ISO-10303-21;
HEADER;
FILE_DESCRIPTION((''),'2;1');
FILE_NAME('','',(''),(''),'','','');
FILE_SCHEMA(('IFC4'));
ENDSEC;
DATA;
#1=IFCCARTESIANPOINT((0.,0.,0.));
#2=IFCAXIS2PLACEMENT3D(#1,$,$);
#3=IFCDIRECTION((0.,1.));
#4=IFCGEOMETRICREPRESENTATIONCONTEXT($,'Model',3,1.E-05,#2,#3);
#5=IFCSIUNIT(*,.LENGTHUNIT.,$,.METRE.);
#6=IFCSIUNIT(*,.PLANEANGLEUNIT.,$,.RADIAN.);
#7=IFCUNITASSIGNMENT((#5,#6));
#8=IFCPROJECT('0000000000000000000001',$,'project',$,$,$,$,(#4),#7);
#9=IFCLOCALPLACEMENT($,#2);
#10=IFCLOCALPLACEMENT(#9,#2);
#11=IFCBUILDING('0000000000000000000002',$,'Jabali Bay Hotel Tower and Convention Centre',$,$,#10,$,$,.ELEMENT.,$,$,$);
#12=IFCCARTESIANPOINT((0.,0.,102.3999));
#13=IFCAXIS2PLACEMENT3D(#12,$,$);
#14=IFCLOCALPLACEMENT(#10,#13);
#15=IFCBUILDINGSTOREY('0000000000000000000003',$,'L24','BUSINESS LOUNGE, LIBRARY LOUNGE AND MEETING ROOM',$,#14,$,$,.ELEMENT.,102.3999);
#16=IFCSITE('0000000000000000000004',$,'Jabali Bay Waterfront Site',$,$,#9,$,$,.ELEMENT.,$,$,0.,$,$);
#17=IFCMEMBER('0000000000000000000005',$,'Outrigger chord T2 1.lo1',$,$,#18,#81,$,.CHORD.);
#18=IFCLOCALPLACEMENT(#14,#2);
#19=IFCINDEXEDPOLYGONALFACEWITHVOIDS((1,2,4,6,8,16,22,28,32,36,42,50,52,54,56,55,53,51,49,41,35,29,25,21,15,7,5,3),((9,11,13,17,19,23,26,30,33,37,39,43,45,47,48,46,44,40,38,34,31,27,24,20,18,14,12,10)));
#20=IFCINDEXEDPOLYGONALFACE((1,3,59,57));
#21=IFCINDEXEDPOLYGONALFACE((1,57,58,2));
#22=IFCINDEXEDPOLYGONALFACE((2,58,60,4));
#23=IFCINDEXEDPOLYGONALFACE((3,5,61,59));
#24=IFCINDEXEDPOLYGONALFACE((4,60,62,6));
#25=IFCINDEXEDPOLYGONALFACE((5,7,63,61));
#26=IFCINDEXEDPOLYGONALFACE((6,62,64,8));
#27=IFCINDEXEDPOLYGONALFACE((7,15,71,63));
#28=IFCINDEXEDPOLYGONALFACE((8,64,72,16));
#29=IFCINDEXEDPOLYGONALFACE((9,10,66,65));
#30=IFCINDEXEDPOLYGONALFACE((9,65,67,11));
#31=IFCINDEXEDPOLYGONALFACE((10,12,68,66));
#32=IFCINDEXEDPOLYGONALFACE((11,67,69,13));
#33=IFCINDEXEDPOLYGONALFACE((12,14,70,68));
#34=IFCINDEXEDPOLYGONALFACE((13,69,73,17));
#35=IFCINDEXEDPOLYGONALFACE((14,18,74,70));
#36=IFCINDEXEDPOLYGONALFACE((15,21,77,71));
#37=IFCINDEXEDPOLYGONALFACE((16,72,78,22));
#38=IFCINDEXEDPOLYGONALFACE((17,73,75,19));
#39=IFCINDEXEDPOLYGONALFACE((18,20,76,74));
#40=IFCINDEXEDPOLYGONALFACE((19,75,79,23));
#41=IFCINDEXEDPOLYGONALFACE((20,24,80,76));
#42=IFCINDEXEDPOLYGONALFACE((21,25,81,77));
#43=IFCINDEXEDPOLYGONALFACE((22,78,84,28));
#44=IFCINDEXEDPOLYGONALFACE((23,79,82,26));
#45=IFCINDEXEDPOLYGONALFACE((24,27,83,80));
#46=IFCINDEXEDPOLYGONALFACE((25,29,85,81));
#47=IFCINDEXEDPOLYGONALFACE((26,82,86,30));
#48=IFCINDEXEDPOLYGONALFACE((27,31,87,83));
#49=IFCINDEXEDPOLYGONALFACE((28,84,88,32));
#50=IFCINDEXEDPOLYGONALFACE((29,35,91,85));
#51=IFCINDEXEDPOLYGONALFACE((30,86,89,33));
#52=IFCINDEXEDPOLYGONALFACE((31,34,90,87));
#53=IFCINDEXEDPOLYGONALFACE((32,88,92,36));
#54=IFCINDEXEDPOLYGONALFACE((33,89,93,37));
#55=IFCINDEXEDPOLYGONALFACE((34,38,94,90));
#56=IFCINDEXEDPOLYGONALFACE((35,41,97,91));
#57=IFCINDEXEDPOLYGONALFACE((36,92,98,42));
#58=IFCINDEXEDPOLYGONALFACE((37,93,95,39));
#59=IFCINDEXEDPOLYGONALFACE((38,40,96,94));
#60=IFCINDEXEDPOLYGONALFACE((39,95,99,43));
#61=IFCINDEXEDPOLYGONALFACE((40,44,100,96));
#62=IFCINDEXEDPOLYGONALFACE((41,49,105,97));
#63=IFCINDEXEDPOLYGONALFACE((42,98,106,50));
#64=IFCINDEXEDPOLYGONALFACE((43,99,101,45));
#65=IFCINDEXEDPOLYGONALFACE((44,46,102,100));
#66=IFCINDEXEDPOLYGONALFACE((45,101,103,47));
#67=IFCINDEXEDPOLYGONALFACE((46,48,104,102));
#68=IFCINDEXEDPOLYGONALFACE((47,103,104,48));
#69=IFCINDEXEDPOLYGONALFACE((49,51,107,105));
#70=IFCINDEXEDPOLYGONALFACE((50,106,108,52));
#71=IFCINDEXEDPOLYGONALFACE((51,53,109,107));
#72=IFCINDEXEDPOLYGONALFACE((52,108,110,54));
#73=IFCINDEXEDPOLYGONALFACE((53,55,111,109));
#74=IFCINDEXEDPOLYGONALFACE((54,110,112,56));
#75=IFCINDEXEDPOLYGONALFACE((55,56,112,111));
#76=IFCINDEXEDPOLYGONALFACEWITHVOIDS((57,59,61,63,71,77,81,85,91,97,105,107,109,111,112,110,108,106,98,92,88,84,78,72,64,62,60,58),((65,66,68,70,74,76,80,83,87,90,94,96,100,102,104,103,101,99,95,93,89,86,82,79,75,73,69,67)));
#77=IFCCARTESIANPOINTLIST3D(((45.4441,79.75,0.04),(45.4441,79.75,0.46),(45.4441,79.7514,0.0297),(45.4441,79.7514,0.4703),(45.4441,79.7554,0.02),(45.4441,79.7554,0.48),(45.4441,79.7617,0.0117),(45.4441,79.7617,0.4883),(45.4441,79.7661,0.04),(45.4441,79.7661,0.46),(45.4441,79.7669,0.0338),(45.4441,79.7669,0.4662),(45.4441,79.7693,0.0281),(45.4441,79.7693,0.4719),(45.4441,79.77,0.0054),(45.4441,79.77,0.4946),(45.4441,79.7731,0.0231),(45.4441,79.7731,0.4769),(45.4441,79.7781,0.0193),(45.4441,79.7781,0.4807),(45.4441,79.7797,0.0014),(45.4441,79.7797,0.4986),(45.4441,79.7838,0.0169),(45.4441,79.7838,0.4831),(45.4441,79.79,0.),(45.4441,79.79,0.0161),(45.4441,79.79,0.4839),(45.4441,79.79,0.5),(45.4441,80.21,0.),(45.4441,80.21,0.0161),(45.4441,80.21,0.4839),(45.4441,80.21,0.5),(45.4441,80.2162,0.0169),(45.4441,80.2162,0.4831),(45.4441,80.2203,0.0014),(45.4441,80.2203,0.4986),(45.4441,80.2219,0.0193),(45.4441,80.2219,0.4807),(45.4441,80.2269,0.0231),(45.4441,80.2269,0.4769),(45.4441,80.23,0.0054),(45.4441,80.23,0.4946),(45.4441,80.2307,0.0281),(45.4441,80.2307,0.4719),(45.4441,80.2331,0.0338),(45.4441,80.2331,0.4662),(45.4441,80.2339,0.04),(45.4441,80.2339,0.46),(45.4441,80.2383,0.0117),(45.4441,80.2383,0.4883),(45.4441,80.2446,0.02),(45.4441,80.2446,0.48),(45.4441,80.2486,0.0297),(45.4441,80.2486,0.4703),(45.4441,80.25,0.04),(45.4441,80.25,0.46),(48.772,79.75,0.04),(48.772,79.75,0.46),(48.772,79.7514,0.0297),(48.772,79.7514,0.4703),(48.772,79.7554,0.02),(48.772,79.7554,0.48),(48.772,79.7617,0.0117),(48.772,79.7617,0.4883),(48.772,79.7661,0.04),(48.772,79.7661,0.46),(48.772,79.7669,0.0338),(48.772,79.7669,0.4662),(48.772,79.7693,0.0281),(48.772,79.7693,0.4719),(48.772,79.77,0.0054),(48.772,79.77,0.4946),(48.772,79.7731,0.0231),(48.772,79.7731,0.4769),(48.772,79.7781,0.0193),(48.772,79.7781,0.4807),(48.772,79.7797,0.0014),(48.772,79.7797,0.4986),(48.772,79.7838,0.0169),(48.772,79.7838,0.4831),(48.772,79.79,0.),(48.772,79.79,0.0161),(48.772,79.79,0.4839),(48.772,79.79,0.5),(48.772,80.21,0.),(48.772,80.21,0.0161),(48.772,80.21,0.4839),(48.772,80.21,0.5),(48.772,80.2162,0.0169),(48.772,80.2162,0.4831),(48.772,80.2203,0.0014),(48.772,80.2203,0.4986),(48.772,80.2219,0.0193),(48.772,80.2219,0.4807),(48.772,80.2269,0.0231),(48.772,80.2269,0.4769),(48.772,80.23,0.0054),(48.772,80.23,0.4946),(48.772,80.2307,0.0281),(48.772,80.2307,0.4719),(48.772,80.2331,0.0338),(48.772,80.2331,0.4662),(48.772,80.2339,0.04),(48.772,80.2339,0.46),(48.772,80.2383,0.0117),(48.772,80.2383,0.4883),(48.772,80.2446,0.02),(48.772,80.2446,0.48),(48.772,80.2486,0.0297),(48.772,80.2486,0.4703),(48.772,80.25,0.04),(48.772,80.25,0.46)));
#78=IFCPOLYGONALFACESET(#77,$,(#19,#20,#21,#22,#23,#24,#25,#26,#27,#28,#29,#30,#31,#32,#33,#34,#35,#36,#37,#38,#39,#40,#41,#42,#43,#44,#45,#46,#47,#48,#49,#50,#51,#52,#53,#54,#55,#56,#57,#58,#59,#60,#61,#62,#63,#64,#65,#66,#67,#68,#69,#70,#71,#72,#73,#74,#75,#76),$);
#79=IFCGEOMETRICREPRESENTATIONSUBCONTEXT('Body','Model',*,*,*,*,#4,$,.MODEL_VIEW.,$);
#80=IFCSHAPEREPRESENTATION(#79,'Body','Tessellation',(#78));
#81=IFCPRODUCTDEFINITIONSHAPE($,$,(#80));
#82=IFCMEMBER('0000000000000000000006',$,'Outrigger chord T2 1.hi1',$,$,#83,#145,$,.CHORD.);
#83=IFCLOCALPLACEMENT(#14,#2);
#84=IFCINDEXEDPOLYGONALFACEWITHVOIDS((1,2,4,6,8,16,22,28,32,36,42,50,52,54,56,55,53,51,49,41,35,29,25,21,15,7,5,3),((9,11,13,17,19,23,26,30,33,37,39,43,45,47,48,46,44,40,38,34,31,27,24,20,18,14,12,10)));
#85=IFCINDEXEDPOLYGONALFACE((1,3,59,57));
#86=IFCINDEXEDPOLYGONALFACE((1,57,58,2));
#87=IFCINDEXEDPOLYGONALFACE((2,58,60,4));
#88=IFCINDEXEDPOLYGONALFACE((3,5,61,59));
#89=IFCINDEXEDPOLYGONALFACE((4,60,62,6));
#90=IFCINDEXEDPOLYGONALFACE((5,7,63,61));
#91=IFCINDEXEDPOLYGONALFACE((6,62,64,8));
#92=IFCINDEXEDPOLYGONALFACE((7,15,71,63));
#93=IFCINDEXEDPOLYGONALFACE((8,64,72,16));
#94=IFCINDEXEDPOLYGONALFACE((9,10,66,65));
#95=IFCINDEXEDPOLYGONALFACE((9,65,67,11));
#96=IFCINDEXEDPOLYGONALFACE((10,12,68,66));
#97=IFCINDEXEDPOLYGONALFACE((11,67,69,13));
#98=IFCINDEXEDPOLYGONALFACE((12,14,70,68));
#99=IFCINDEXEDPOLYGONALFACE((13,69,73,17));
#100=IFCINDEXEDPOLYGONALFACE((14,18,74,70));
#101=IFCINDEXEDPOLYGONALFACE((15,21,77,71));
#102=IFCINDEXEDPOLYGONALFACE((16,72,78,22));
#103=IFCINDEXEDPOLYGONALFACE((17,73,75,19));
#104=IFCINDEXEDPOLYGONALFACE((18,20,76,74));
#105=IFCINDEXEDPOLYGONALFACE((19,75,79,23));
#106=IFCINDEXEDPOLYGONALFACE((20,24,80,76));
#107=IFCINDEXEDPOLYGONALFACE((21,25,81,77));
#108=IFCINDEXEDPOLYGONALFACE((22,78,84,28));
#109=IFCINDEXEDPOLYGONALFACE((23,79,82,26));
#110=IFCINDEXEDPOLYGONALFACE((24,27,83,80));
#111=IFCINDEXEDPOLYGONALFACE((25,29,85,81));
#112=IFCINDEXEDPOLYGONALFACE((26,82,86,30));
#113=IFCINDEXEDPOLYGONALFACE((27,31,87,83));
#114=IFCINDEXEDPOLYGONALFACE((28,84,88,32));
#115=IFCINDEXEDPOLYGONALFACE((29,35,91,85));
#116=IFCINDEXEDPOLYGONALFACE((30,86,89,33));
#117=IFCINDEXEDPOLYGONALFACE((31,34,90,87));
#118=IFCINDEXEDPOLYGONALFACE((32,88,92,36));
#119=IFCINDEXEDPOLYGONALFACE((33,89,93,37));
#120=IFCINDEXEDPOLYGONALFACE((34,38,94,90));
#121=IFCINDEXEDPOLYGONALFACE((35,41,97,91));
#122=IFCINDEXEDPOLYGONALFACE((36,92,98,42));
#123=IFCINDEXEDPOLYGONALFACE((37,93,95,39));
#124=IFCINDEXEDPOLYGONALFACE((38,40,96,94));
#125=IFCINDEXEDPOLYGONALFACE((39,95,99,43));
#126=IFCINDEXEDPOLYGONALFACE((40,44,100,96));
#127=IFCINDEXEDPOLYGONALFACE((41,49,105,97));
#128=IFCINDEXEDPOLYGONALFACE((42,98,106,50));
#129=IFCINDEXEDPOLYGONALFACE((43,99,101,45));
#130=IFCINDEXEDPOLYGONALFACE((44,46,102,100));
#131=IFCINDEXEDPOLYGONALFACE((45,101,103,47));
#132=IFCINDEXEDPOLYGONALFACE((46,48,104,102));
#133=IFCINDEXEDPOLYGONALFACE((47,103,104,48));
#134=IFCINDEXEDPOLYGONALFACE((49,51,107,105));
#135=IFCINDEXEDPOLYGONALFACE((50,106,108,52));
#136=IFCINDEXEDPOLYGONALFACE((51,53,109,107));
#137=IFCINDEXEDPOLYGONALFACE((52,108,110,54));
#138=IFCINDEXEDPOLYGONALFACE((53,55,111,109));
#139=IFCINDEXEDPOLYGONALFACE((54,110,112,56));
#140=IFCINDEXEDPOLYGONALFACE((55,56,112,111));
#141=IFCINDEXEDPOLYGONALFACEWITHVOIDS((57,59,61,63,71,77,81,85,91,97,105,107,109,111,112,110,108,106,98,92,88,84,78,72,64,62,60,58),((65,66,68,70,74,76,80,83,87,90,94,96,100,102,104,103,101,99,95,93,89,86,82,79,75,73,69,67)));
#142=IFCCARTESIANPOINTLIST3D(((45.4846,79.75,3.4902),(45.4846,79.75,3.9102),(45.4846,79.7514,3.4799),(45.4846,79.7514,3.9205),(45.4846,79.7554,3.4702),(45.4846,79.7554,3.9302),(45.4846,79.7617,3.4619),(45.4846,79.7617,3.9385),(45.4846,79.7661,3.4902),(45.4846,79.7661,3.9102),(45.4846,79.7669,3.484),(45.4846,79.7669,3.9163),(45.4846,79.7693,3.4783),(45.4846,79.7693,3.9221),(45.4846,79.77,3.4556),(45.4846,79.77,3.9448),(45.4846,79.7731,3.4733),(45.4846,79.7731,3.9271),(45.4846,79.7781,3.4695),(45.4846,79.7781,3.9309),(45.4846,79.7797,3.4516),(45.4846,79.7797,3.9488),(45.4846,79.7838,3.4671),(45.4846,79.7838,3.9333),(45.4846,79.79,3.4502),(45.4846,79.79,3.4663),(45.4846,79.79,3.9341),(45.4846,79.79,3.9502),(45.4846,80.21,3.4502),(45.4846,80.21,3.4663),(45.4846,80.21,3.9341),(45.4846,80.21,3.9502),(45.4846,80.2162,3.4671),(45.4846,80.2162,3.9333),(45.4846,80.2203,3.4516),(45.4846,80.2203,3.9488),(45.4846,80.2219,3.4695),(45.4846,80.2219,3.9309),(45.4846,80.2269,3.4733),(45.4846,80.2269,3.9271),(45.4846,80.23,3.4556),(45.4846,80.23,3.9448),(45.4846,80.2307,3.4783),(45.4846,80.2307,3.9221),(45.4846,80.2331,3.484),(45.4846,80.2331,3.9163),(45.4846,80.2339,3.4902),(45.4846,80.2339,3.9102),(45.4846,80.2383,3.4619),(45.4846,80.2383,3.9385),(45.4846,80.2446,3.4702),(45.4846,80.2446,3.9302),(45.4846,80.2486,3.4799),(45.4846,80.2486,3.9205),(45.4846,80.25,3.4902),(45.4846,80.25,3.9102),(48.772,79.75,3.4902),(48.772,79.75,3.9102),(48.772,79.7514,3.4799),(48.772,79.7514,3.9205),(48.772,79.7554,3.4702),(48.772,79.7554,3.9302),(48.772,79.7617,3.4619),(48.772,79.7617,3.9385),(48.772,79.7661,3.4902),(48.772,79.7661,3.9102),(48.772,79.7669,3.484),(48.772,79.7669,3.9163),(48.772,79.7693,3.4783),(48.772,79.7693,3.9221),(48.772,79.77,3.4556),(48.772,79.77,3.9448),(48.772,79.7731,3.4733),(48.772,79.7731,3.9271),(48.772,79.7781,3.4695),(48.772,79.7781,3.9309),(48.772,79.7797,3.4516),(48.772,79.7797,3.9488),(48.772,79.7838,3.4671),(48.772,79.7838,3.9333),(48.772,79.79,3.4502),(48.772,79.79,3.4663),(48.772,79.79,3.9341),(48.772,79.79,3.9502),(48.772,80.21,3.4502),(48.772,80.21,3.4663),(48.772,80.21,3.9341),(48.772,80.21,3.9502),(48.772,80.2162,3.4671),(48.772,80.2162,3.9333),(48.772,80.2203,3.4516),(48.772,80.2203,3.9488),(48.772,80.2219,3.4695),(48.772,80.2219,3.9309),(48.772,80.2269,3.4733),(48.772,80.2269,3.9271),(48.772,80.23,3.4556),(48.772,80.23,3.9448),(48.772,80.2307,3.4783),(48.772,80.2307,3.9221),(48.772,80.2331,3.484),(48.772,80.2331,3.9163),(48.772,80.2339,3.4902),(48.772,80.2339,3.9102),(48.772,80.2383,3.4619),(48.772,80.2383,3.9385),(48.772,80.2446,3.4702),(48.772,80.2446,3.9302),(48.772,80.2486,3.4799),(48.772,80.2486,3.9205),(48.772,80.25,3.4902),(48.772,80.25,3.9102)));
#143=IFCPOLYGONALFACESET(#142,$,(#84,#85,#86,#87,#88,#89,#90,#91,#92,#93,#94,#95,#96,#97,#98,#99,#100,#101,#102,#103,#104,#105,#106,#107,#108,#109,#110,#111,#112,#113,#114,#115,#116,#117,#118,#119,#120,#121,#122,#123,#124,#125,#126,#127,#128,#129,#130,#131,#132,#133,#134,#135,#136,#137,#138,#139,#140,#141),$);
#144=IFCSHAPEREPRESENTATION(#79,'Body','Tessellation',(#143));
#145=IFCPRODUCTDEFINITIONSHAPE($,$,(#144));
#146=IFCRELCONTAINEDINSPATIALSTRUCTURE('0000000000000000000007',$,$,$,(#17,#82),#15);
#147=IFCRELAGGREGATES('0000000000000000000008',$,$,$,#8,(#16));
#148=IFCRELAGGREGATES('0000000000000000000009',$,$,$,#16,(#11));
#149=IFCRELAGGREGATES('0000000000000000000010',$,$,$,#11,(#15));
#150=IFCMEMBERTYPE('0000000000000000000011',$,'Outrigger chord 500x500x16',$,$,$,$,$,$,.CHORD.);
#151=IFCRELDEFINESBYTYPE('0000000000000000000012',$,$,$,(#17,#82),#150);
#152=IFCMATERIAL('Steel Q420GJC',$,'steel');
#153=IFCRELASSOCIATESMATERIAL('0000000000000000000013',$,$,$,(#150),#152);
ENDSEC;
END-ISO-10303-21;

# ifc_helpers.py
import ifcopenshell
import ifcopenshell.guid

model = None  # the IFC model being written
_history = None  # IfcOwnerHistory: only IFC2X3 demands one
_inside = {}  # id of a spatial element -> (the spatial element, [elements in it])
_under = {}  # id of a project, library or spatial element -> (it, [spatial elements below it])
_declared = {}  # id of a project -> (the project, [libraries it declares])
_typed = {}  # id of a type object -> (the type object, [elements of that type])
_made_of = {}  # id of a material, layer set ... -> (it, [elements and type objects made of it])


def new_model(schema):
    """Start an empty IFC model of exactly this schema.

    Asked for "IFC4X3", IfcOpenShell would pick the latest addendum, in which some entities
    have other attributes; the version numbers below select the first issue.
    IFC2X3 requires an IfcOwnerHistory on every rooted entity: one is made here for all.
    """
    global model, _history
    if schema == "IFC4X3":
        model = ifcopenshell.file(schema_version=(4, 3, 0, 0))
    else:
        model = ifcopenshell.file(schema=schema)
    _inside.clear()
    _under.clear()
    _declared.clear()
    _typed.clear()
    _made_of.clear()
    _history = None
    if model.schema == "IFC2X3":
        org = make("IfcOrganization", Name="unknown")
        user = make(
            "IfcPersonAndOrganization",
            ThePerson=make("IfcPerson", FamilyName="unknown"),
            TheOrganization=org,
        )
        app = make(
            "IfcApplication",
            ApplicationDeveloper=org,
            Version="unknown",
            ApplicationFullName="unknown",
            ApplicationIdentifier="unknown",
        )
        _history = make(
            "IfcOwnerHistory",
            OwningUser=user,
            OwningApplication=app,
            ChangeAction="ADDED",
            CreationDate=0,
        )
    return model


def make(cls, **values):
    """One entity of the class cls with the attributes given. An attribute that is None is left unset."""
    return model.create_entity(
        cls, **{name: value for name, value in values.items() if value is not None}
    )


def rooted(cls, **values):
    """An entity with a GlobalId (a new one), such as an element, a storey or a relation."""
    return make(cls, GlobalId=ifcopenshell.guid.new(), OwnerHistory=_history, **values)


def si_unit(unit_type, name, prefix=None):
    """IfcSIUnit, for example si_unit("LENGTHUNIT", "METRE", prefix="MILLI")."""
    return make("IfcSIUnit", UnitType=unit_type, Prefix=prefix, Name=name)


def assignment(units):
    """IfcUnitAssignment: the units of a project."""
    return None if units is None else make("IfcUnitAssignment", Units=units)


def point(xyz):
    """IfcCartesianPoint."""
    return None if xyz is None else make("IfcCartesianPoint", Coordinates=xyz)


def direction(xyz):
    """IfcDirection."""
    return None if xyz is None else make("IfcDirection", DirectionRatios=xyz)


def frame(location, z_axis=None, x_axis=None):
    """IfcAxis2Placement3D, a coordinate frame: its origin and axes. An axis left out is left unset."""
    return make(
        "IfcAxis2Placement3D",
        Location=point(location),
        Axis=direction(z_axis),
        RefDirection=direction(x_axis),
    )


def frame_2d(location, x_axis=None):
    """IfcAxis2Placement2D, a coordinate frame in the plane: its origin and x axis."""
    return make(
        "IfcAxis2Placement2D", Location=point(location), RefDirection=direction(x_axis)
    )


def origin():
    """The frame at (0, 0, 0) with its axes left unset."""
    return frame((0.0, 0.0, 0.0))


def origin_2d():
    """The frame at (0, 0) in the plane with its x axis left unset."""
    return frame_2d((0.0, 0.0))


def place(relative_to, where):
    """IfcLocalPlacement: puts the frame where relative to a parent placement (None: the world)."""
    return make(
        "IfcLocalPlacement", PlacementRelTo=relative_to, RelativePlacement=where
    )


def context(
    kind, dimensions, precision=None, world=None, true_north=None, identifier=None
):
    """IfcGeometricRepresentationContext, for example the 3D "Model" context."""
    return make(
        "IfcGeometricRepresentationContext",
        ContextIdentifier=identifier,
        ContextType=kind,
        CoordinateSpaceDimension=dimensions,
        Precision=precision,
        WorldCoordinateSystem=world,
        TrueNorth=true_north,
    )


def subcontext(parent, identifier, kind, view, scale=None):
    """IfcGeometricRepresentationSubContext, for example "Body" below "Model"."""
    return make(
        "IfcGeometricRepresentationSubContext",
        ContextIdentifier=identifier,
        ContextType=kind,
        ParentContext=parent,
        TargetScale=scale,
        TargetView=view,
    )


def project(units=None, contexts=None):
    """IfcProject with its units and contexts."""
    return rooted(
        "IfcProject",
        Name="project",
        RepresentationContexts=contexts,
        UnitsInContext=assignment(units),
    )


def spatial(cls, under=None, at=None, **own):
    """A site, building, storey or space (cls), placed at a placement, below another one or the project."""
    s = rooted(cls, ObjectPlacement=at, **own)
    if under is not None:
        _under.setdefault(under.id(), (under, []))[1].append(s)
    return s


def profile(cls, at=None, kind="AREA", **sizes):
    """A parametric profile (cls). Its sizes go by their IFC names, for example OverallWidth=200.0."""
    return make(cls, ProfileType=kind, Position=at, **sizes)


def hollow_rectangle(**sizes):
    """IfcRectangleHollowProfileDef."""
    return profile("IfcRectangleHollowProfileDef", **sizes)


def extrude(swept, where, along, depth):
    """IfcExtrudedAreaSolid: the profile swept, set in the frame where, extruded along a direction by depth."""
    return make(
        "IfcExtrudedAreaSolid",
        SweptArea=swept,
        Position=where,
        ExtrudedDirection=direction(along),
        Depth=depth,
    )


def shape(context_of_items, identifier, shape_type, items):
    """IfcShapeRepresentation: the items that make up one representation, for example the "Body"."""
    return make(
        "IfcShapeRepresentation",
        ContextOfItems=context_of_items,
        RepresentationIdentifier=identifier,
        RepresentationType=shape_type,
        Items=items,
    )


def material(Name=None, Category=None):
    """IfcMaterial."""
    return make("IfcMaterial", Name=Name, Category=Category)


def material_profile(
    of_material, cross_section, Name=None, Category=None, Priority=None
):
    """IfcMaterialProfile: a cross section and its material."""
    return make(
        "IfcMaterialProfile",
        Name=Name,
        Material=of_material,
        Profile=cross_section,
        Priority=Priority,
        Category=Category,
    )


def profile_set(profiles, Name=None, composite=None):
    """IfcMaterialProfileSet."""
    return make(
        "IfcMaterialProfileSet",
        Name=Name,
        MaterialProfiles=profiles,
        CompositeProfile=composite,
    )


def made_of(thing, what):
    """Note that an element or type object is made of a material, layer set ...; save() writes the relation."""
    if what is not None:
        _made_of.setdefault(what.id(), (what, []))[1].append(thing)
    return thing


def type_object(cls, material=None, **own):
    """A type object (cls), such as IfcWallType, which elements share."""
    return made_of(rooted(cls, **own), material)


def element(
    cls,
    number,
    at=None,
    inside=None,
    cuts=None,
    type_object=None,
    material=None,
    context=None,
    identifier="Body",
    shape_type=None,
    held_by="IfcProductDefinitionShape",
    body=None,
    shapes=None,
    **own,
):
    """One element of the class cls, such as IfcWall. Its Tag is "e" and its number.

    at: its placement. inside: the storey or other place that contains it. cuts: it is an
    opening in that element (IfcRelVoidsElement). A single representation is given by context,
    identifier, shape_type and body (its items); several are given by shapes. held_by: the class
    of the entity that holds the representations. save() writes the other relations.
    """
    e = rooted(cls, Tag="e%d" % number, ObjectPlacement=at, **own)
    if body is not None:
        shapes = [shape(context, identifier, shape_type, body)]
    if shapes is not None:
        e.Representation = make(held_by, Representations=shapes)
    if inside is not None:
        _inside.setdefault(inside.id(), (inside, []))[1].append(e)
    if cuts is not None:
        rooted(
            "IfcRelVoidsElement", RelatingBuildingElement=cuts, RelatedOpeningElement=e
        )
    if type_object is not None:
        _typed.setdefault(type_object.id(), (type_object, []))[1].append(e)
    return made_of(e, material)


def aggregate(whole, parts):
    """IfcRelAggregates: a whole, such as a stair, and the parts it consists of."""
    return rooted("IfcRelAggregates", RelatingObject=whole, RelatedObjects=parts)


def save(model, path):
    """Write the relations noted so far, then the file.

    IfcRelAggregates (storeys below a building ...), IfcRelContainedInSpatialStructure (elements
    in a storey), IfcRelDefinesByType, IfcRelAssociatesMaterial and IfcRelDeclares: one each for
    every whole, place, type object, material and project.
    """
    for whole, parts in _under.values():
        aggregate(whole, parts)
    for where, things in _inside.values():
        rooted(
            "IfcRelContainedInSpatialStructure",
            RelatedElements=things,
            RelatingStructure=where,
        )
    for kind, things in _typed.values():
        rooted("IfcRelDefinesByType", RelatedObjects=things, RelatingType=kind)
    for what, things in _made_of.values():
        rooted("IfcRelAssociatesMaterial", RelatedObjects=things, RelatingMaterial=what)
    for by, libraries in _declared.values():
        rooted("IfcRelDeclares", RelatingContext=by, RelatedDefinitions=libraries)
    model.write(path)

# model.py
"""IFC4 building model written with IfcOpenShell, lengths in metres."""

from ifc_helpers import new_model, si_unit, direction, frame, origin, origin_2d, place, context, subcontext, project, spatial, hollow_rectangle, extrude, material, material_profile, profile_set, type_object, element, save


model = new_model("IFC4")

# Units and contexts
model_context = context("Model", 3, precision=1e-05, world=origin(), true_north=direction((0.0, 1.0)))
body_context = subcontext(model_context, "Body", "Model", "MODEL_VIEW")
ifc_project = project(units=[si_unit("LENGTHUNIT", "METRE"), si_unit("PLANEANGLEUNIT", "RADIAN")], contexts=[model_context])

# Site, building, storey
site_placement = place(None, origin())
site = spatial("IfcSite", under=ifc_project, at=site_placement, Name="Jabali Bay Waterfront Site", CompositionType="ELEMENT", RefElevation=0.0)
building_placement = place(site_placement, origin())
building = spatial("IfcBuilding", under=site, at=building_placement, Name="Jabali Bay Hotel Tower and Convention Centre", CompositionType="ELEMENT")
storey_placement = place(building_placement, frame((0.0, 0.0, 102.3999)))
storey = spatial("IfcBuildingStorey", under=building, at=storey_placement, Name="L24", Description="BUSINESS LOUNGE, LIBRARY LOUNGE AND MEETING ROOM", CompositionType="ELEMENT", Elevation=102.3999)

# Members
ifc_material_1 = material(Name="Steel Q420GJC", Category="steel")
ifc_material_profile_1 = material_profile(ifc_material_1, hollow_rectangle(XDim=0.5, YDim=0.5, WallThickness=0.0161, InnerFilletRadius=0.0239, OuterFilletRadius=0.04, at=origin_2d()), Name="Outrigger chord 500x500x16")
ifc_profile_set_1 = profile_set([ifc_material_profile_1], Name="Steel Q420GJC")
member_type_1 = type_object("IfcMemberType", Name="Outrigger chord 500x500x16", PredefinedType="CHORD", material=ifc_profile_set_1)
member_1_placement = place(storey_placement, frame((48.772, 80.0, 0.25), z_axis=(-1.0, 0.0, 0.0), x_axis=(0.0, -1.0, 0.0)))
element("IfcMember", 1, at=member_1_placement, inside=storey, type_object=member_type_1, Name="Outrigger chord T2 1.lo1", PredefinedType="CHORD", context=body_context, shape_type="SweptSolid", body=[
    extrude(hollow_rectangle(XDim=0.5, YDim=0.5, WallThickness=0.0161, InnerFilletRadius=0.0239, OuterFilletRadius=0.04, at=origin_2d()), origin(), (0.0, 0.0, 1.0), 3.3279),
])
for number, where, z_axis, x_axis, name in (
    (2, (48.772, 80.0, 3.7002), (-1.0, 0.0, 0.0), (0.0, -1.0, 0.0), "Outrigger chord T2 1.hi1"),
):
    element("IfcMember", number, at=place(storey_placement, frame(where, z_axis=z_axis, x_axis=x_axis)), inside=storey, type_object=member_type_1, Name=name, PredefinedType="CHORD", context=body_context, shape_type="SweptSolid", body=[
        extrude(hollow_rectangle(XDim=0.5, YDim=0.5, WallThickness=0.0161, InnerFilletRadius=0.0239, OuterFilletRadius=0.04, at=origin_2d()), origin(), (0.0, 0.0, 1.0), 3.2874),
    ])

save(model, "model.ifc")
